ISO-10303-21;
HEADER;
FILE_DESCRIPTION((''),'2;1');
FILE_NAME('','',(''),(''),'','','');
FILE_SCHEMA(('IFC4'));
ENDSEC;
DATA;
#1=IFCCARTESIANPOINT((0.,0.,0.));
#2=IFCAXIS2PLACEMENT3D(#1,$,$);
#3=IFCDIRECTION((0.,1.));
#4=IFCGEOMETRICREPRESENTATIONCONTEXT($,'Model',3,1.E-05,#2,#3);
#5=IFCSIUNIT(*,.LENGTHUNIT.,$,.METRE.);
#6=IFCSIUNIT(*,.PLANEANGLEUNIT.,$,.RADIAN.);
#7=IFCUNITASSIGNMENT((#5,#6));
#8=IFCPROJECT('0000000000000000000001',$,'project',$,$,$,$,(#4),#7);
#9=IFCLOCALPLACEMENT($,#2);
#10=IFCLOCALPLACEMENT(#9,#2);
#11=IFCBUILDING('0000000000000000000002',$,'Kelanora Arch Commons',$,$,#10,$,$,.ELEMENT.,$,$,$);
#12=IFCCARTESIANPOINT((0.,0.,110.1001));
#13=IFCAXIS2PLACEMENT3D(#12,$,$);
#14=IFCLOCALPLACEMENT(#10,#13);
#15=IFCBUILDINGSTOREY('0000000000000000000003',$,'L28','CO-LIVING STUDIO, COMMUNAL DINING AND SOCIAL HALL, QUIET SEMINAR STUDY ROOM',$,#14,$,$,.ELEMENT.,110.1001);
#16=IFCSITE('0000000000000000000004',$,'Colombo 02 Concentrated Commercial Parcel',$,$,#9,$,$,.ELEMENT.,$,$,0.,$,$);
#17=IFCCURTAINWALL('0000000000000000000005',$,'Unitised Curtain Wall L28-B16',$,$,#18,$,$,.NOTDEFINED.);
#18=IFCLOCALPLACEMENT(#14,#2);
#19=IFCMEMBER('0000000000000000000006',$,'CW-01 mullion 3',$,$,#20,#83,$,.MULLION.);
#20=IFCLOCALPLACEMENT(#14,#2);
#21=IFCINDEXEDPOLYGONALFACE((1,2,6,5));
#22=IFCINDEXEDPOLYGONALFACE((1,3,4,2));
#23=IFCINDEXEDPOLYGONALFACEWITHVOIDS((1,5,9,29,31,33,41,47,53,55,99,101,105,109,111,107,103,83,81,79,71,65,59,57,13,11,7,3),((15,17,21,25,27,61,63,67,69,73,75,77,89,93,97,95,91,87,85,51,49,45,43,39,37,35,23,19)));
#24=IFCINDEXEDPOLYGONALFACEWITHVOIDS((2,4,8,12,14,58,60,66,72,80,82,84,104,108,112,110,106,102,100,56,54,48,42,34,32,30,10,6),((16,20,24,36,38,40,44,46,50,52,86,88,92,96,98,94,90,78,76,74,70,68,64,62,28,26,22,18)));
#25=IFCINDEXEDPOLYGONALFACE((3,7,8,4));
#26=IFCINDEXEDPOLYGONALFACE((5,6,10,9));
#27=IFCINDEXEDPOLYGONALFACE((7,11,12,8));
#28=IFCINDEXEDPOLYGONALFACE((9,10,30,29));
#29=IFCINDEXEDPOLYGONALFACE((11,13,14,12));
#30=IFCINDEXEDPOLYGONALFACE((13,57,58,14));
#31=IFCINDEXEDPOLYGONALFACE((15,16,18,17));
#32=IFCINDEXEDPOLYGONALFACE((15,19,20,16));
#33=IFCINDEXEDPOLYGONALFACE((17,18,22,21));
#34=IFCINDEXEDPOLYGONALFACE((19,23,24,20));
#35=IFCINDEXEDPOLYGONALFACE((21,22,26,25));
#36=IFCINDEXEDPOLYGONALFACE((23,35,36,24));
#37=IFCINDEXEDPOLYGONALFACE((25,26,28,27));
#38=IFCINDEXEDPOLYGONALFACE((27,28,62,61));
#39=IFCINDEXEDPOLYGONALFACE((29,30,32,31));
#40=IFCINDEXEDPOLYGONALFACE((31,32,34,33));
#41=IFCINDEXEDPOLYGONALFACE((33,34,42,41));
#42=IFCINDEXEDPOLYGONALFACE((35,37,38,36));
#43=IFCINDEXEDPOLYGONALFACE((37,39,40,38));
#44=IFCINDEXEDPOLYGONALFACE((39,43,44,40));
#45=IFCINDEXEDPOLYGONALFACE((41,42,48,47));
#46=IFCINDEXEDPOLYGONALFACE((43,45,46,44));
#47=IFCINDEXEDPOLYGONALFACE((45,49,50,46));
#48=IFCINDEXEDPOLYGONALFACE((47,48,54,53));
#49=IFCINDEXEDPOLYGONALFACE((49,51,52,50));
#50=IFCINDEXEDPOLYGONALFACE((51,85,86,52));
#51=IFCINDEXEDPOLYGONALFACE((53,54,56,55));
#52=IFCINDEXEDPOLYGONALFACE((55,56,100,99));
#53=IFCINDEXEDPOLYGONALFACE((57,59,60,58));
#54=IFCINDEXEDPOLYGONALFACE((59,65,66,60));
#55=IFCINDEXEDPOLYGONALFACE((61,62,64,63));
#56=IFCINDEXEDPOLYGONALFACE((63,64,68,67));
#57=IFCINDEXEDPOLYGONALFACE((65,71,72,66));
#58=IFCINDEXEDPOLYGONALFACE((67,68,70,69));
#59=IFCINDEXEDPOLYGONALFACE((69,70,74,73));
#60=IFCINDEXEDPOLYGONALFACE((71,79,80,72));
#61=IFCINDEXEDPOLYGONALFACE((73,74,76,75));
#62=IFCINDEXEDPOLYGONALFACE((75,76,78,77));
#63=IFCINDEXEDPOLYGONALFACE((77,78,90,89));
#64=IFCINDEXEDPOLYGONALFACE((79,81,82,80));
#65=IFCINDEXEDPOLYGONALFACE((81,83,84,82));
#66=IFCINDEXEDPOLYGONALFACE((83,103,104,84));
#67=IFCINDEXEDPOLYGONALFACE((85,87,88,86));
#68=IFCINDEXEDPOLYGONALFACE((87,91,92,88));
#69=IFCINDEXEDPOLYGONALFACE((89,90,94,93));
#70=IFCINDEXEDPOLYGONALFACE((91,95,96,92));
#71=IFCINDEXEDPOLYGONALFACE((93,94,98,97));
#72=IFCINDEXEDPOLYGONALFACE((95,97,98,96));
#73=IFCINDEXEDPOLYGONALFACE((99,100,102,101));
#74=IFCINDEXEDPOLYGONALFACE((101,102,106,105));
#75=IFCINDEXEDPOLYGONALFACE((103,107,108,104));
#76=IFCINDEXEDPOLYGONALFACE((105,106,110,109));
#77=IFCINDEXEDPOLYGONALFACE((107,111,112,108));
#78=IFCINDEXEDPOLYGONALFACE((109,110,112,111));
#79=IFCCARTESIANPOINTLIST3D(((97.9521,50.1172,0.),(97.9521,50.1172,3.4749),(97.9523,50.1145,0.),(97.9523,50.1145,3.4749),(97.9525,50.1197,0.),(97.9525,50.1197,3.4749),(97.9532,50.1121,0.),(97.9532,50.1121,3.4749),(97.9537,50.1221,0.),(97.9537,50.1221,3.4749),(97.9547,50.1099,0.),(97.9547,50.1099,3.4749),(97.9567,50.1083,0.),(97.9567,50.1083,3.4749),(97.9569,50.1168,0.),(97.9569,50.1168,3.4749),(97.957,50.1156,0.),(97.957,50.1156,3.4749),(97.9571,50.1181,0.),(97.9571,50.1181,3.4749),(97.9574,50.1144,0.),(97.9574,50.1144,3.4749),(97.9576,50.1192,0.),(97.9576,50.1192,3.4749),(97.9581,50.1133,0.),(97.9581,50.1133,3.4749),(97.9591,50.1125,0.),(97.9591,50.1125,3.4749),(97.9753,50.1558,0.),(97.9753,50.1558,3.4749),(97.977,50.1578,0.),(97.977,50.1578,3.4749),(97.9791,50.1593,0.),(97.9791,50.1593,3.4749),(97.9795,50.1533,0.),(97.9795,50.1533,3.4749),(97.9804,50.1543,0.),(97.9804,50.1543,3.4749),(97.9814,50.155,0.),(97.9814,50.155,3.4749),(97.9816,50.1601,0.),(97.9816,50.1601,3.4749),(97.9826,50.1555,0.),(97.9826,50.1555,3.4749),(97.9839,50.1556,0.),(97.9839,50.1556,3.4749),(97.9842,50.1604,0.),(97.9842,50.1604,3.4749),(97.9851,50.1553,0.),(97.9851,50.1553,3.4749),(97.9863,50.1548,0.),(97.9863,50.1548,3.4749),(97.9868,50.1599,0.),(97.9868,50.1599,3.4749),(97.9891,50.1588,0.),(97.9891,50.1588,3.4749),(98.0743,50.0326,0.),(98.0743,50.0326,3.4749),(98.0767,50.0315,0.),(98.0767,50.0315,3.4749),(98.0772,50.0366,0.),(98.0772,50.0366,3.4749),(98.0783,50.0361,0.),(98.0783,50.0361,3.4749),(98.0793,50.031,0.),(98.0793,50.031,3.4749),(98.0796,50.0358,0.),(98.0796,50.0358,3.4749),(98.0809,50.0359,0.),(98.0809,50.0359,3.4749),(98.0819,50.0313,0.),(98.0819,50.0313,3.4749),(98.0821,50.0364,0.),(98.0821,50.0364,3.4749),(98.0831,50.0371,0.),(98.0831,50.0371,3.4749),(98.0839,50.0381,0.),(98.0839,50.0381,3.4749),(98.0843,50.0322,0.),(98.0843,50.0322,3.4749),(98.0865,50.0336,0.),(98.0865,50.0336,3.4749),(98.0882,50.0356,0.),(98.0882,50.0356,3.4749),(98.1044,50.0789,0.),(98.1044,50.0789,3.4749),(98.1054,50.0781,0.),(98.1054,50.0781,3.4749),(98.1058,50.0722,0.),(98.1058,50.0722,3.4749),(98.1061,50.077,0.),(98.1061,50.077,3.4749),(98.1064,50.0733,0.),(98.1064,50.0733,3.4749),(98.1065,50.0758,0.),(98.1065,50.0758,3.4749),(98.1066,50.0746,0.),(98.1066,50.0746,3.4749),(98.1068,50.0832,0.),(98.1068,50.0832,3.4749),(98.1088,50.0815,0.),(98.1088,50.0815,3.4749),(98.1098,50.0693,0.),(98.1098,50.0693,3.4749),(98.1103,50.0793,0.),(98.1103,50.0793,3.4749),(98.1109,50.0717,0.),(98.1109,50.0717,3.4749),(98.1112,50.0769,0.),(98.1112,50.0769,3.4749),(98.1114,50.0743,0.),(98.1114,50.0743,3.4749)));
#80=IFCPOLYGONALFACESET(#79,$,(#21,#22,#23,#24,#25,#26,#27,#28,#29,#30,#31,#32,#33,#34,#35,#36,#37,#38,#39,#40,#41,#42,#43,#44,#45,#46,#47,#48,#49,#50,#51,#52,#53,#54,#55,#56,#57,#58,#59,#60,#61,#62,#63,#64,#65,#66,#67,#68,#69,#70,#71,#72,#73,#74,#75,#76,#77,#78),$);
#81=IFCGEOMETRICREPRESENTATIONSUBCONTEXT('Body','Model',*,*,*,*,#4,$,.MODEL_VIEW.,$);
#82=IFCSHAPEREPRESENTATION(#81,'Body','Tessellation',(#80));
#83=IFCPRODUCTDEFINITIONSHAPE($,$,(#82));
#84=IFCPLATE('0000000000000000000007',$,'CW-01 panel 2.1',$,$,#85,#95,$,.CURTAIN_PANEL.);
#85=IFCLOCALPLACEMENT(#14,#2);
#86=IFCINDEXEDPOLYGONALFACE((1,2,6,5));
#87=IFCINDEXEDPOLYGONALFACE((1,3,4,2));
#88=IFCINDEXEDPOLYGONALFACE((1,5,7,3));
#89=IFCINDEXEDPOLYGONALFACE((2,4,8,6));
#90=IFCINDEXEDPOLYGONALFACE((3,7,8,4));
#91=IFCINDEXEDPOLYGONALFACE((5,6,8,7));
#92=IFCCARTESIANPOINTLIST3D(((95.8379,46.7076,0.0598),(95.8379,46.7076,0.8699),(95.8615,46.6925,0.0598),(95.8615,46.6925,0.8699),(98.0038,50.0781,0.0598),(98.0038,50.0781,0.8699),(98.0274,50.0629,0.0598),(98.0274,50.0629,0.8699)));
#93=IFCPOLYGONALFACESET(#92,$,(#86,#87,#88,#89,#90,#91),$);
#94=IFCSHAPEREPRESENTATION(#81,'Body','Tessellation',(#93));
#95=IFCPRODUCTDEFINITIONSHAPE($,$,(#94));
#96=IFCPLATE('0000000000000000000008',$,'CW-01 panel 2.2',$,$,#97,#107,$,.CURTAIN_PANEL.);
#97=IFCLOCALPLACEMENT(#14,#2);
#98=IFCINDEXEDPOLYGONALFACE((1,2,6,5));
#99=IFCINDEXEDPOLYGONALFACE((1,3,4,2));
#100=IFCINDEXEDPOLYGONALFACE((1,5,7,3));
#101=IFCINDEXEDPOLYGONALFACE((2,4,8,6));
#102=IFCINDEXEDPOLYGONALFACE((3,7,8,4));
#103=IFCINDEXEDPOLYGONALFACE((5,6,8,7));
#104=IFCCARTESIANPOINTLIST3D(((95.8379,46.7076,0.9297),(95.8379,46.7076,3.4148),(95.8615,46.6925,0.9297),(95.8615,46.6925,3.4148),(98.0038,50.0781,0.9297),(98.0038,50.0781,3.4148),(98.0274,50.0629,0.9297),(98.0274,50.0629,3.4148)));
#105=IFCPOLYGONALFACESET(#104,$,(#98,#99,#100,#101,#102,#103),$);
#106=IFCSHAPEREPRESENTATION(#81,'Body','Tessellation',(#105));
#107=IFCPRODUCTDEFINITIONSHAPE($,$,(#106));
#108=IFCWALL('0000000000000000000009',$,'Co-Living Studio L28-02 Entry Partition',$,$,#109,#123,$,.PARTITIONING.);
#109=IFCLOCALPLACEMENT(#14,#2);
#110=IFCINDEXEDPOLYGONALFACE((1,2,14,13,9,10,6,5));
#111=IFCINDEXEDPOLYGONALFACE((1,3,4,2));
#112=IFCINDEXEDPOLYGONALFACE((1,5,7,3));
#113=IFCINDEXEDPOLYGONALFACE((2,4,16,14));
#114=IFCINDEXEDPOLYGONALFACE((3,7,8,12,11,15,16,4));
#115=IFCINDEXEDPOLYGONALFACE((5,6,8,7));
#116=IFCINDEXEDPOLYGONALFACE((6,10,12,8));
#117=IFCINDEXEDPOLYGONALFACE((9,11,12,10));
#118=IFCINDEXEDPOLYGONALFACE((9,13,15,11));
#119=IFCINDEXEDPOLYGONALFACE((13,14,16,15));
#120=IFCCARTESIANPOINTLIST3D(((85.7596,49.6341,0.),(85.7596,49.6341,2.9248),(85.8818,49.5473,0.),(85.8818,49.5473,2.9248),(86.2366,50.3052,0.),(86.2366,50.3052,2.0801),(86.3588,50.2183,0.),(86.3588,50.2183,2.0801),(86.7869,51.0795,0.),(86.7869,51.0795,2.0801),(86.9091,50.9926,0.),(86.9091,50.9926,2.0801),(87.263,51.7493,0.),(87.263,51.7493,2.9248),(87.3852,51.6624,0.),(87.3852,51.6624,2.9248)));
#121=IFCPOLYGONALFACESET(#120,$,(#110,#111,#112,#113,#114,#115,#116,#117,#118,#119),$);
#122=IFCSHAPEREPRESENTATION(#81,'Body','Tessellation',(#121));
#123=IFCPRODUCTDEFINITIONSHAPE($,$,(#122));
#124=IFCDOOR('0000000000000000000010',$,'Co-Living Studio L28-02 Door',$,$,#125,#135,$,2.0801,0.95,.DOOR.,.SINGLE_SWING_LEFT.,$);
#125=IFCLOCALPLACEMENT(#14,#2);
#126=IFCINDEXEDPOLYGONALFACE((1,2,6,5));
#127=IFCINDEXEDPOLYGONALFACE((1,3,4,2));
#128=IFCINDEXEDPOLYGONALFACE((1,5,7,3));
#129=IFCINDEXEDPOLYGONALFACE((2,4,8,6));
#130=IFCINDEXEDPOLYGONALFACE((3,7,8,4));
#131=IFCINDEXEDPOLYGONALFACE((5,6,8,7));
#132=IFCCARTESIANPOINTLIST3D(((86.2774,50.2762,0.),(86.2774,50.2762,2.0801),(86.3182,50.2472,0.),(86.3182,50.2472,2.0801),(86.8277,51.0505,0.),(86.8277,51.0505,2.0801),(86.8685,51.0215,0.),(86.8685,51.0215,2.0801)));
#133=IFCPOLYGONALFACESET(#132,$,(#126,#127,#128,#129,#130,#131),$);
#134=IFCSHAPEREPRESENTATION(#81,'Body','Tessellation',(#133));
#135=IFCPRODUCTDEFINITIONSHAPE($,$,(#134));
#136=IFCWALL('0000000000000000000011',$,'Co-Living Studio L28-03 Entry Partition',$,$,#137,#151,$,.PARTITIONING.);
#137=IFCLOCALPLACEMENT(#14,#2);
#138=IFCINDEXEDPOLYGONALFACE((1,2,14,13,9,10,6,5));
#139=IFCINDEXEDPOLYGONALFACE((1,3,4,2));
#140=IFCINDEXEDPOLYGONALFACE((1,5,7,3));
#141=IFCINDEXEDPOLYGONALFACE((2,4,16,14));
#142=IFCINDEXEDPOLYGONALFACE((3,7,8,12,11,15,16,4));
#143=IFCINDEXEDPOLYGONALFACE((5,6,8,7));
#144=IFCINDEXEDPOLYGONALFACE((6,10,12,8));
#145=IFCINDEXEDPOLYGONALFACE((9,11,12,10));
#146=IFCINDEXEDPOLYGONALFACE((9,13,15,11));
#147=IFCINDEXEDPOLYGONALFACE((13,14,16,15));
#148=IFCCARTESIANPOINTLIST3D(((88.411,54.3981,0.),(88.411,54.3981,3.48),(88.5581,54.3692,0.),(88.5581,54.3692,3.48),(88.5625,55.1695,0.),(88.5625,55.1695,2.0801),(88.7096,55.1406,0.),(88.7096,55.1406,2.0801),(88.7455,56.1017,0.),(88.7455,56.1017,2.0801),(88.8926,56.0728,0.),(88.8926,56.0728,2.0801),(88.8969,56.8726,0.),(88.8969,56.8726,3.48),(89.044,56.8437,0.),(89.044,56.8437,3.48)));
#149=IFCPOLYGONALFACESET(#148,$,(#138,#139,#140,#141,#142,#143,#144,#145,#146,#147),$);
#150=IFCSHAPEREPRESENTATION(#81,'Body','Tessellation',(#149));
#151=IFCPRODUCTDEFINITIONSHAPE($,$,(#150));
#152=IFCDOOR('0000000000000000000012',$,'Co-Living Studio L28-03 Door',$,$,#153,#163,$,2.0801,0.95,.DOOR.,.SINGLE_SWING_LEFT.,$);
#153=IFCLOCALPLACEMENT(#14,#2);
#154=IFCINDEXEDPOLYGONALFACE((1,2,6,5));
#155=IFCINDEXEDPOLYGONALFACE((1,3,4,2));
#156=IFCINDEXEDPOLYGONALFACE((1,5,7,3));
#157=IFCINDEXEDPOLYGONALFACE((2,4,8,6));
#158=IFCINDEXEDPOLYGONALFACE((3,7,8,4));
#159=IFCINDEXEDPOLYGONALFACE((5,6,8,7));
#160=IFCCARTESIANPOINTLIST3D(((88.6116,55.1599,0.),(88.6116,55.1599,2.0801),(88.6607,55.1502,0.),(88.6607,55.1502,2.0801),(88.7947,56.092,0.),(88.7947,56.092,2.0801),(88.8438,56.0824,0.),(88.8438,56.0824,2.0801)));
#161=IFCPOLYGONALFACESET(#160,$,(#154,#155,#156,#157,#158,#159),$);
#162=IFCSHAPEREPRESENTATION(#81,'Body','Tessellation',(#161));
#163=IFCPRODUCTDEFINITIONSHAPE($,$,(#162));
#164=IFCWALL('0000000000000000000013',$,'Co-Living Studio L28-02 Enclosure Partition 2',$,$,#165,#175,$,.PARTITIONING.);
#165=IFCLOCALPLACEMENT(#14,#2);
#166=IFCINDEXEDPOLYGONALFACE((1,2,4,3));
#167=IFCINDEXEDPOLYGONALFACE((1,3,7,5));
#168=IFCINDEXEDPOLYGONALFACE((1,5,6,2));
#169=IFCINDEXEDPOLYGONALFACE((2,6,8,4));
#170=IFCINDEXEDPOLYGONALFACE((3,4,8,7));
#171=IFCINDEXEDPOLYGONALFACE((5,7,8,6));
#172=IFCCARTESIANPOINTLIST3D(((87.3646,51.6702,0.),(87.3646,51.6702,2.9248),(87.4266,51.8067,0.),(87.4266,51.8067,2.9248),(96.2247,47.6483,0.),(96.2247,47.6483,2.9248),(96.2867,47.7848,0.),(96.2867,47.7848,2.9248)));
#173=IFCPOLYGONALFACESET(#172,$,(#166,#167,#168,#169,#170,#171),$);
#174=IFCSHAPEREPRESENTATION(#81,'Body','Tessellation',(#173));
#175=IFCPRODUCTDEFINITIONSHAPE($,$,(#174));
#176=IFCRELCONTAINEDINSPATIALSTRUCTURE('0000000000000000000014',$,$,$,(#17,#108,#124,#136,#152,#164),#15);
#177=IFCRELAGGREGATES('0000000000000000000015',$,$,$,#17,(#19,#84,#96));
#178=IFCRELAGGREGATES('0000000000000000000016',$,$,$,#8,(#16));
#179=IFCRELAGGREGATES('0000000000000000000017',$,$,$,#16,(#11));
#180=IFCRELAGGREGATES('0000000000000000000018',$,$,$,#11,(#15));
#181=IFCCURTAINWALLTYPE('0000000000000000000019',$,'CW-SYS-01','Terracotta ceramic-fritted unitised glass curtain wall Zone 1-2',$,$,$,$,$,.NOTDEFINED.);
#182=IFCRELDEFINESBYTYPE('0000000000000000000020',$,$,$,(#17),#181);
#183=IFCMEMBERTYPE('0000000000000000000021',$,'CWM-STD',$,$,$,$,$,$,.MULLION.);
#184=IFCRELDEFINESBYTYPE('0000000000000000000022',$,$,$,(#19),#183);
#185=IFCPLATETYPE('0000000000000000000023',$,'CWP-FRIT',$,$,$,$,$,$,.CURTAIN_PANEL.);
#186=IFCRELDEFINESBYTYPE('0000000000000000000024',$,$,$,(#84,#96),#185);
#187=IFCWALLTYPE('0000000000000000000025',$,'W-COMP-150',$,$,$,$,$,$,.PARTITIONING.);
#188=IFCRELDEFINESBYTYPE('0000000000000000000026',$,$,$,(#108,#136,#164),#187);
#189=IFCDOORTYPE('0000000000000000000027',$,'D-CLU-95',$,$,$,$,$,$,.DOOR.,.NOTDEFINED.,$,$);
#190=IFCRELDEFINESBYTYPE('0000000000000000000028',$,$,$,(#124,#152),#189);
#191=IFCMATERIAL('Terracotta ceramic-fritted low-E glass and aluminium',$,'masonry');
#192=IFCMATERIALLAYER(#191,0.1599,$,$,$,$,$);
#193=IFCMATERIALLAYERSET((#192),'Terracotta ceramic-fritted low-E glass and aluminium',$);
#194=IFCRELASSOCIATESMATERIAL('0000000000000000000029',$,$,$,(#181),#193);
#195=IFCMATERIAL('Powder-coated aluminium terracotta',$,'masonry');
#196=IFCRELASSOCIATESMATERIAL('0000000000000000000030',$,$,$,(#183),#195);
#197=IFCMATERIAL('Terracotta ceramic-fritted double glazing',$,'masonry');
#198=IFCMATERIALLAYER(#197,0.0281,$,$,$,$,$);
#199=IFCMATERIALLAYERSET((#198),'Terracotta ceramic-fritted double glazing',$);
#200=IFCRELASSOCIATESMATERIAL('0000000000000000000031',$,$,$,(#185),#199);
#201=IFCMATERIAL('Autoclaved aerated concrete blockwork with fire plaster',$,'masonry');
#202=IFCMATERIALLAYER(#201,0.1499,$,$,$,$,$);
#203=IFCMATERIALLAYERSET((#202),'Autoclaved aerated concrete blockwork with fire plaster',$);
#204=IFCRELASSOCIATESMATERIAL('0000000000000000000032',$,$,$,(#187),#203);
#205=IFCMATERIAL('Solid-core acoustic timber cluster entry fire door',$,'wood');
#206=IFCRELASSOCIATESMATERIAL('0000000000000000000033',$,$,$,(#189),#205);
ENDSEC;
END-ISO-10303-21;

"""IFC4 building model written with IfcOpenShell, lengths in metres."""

from ifc_helpers import new_model, si_unit, direction, frame, frame_2d, origin, origin_2d, place, context, subcontext, project, spatial, rectangle, hollow_rectangle, extrude, source, transform, mapped, material, layer, layer_set, material_profile, profile_set, type_object, element, fill, aggregate, save


model = new_model("IFC4")

# Units and contexts
model_context = context("Model", 3, precision=1e-05, world=origin(), true_north=direction((0.0, 1.0)))
body_context = subcontext(model_context, "Body", "Model", "MODEL_VIEW")
ifc_project = project(units=[si_unit("LENGTHUNIT", "METRE"), si_unit("PLANEANGLEUNIT", "RADIAN")], contexts=[model_context])

# Site, building, storey
site_placement = place(None, origin())
site = spatial("IfcSite", under=ifc_project, at=site_placement, Name="Colombo 02 Concentrated Commercial Parcel", CompositionType="ELEMENT", RefElevation=0.0)
building_placement = place(site_placement, origin())
building = spatial("IfcBuilding", under=site, at=building_placement, Name="Kelanora Arch Commons", CompositionType="ELEMENT")
storey_placement = place(building_placement, frame((0.0, 0.0, 110.1001)))
storey = spatial("IfcBuildingStorey", under=building, at=storey_placement, Name="L28", Description="CO-LIVING STUDIO, COMMUNAL DINING AND SOCIAL HALL, QUIET SEMINAR STUDY ROOM", CompositionType="ELEMENT", Elevation=110.1001)

# Curtain wall, member, plates
ifc_material_1 = material(Name="Terracotta ceramic-fritted low-E glass and aluminium", Category="masonry")
ifc_layer_1 = layer(ifc_material_1, 0.1599)
ifc_layer_set_1 = layer_set([ifc_layer_1], Name="Terracotta ceramic-fritted low-E glass and aluminium")
curtain_wall_type = type_object("IfcCurtainWallType", Name="CW-SYS-01", Description="Terracotta ceramic-fritted unitised glass curtain wall Zone 1-2", PredefinedType="NOTDEFINED", material=ifc_layer_set_1)
curtain_wall_placement = place(storey_placement, origin())
curtain_wall = element("IfcCurtainWall", 1, at=curtain_wall_placement, inside=storey, type_object=curtain_wall_type, Name="Unitised Curtain Wall L28-B16", PredefinedType="NOTDEFINED")
ifc_material_2 = material(Name="Powder-coated aluminium terracotta", Category="masonry")
ifc_material_profile_1 = material_profile(ifc_material_2, hollow_rectangle(XDim=0.1599, YDim=0.0601, WallThickness=0.0049, InnerFilletRadius=0.0049, OuterFilletRadius=0.01, at=origin_2d()), Name="CWM160x60")
ifc_profile_set_1 = profile_set([ifc_material_profile_1], Name="Powder-coated aluminium terracotta")
member_type = type_object("IfcMemberType", Name="CWM-STD", PredefinedType="MULLION", material=ifc_profile_set_1)
member_placement = place(storey_placement, frame((98.0317, 50.0957, 0.0), z_axis=(0.0, 0.0, 1.0), x_axis=(-0.841269, 0.540617, 0.0)))
member = element("IfcMember", 2, at=member_placement, type_object=member_type, Name="CW-01 mullion 3", PredefinedType="MULLION", context=body_context, shape_type="SweptSolid", body=[
    extrude(hollow_rectangle(XDim=0.1599, YDim=0.0601, WallThickness=0.0049, InnerFilletRadius=0.0049, OuterFilletRadius=0.01, at=origin_2d()), origin(), (0.0, 0.0, 1.0), 3.4749),
])
ifc_material_3 = material(Name="Terracotta ceramic-fritted double glazing", Category="masonry")
ifc_layer_2 = layer(ifc_material_3, 0.0281)
ifc_layer_set_2 = layer_set([ifc_layer_2], Name="Terracotta ceramic-fritted double glazing")
plate_type = type_object("IfcPlateType", Name="CWP-FRIT", PredefinedType="CURTAIN_PANEL", material=ifc_layer_set_2)
shared_shape_1 = source(origin(), body_context, "Body", "SweptSolid", [
    extrude(rectangle(XDim=4.0063, YDim=0.0281, at=origin_2d()), origin(), (0.0, 0.0, 1.0), 0.8101),
])
plate_1_placement = place(storey_placement, frame((96.9326, 48.3853, 0.0598), z_axis=(0.0, 0.0, 1.0), x_axis=(0.540617, 0.841269, 0.0)))
plate_1 = element("IfcPlate", 3, at=plate_1_placement, type_object=plate_type, Name="CW-01 panel 2.1", PredefinedType="CURTAIN_PANEL", context=body_context, shape_type="MappedRepresentation", body=[
    mapped(shared_shape_1, transform((0.0, 0.0, 0.0), scale=1.0)),
])
shared_shape_2 = source(origin(), body_context, "Body", "SweptSolid", [
    extrude(rectangle(XDim=4.0063, YDim=0.0281, at=origin_2d()), origin(), (0.0, 0.0, 1.0), 2.4851),
])
plate_2_placement = place(storey_placement, frame((96.9326, 48.3853, 0.9297), z_axis=(0.0, 0.0, 1.0), x_axis=(0.540617, 0.841269, 0.0)))
plate_2 = element("IfcPlate", 4, at=plate_2_placement, type_object=plate_type, Name="CW-01 panel 2.2", PredefinedType="CURTAIN_PANEL", context=body_context, shape_type="MappedRepresentation", body=[
    mapped(shared_shape_2, transform((0.0, 0.0, 0.0), scale=1.0)),
])
aggregate(curtain_wall, [member, plate_1, plate_2])

# Walls, openings, doors
ifc_material_4 = material(Name="Autoclaved aerated concrete blockwork with fire plaster", Category="masonry")
ifc_layer_3 = layer(ifc_material_4, 0.1499)
ifc_layer_set_3 = layer_set([ifc_layer_3], Name="Autoclaved aerated concrete blockwork with fire plaster")
wall_type_1 = type_object("IfcWallType", Name="W-COMP-150", PredefinedType="PARTITIONING", material=ifc_layer_set_3)
wall_1_placement = place(storey_placement, frame((85.8208, 49.5908, 0.0), z_axis=(0.0, 0.0, 1.0), x_axis=(0.579332, 0.815092, 0.0)))
wall_1 = element("IfcWall", 5, at=wall_1_placement, inside=storey, type_object=wall_type_1, Name="Co-Living Studio L28-02 Entry Partition", PredefinedType="PARTITIONING", context=body_context, shape_type="SweptSolid", body=[
    extrude(rectangle(XDim=2.595, YDim=0.1499, at=frame_2d((1.2974, 0.0))), origin(), (0.0, 0.0, 1.0), 2.9248),
])
opening_1_placement = place(wall_1_placement, frame((0.823, 0.0, 0.0)))
opening_1 = element("IfcOpeningElement", 6, at=opening_1_placement, cuts=wall_1, PredefinedType="OPENING", context=body_context, shape_type="SweptSolid", body=[
    extrude(rectangle(XDim=0.95, YDim=2.0801, at=frame_2d((0.4751, 1.04))), frame((0.0, 0.085, 0.0), z_axis=(0.0, -1.0, 0.0), x_axis=(1.0, 0.0, 0.0)), (0.0, 0.0, 1.0), 0.1699),
])
ifc_material_5 = material(Name="Solid-core acoustic timber cluster entry fire door", Category="wood")
door_type_1 = type_object("IfcDoorType", Name="D-CLU-95", OperationType="NOTDEFINED", PredefinedType="DOOR", material=ifc_material_5)
door_1_placement = place(opening_1_placement, origin())
door_1 = element("IfcDoor", 7, at=door_1_placement, inside=storey, type_object=door_type_1, Name="Co-Living Studio L28-02 Door", OperationType="SINGLE_SWING_LEFT", OverallHeight=2.0801, OverallWidth=0.95, PredefinedType="DOOR", context=body_context, shape_type="SweptSolid", body=[
    extrude(rectangle(XDim=0.95, YDim=2.0801, at=frame_2d((0.4751, 1.04))), frame((0.0, 0.0249, 0.0), z_axis=(0.0, -1.0, 0.0), x_axis=(1.0, 0.0, 0.0)), (0.0, 0.0, 1.0), 0.05),
])
fill(opening_1, door_1)
wall_2_placement = place(storey_placement, frame((88.4846, 54.3838, 0.0), z_axis=(0.0, 0.0, 1.0), x_axis=(0.19267, 0.981264, 0.0)))
wall_2 = element("IfcWall", 8, at=wall_2_placement, inside=storey, type_object=wall_type_1, Name="Co-Living Studio L28-03 Entry Partition", PredefinedType="PARTITIONING", context=body_context, shape_type="SweptSolid", body=[
    extrude(rectangle(XDim=2.5217, YDim=0.1499, at=frame_2d((1.2607, 0.0))), origin(), (0.0, 0.0, 1.0), 3.48),
])
opening_2_placement = place(wall_2_placement, frame((0.7859, 0.0, 0.0)))
opening_2 = element("IfcOpeningElement", 9, at=opening_2_placement, cuts=wall_2, PredefinedType="OPENING", context=body_context, shape_type="SweptSolid", body=[
    extrude(rectangle(XDim=0.95, YDim=2.0801, at=frame_2d((0.4751, 1.04))), frame((0.0, 0.085, 0.0), z_axis=(0.0, -1.0, 0.0), x_axis=(1.0, 0.0, 0.0)), (0.0, 0.0, 1.0), 0.1699),
])
door_2_placement = place(opening_2_placement, origin())
door_2 = element("IfcDoor", 10, at=door_2_placement, inside=storey, type_object=door_type_1, Name="Co-Living Studio L28-03 Door", OperationType="SINGLE_SWING_LEFT", OverallHeight=2.0801, OverallWidth=0.95, PredefinedType="DOOR", context=body_context, shape_type="SweptSolid", body=[
    extrude(rectangle(XDim=0.95, YDim=2.0801, at=frame_2d((0.4751, 1.04))), frame((0.0, 0.0249, 0.0), z_axis=(0.0, -1.0, 0.0), x_axis=(1.0, 0.0, 0.0)), (0.0, 0.0, 1.0), 0.05),
])
fill(opening_2, door_2)

# Wall
wall_3_placement = place(storey_placement, frame((87.3955, 51.7385, 0.0), z_axis=(0.0, 0.0, 1.0), x_axis=(0.910573, -0.413347, 0.0)))
element("IfcWall", 11, at=wall_3_placement, inside=storey, type_object=wall_type_1, Name="Co-Living Studio L28-02 Enclosure Partition 2", PredefinedType="PARTITIONING", context=body_context, shape_type="SweptSolid", body=[
    extrude(rectangle(XDim=9.7302, YDim=0.1499, at=frame_2d((4.8652, 0.0))), origin(), (0.0, 0.0, 1.0), 2.9248),
])

save(model, "model.ifc")
